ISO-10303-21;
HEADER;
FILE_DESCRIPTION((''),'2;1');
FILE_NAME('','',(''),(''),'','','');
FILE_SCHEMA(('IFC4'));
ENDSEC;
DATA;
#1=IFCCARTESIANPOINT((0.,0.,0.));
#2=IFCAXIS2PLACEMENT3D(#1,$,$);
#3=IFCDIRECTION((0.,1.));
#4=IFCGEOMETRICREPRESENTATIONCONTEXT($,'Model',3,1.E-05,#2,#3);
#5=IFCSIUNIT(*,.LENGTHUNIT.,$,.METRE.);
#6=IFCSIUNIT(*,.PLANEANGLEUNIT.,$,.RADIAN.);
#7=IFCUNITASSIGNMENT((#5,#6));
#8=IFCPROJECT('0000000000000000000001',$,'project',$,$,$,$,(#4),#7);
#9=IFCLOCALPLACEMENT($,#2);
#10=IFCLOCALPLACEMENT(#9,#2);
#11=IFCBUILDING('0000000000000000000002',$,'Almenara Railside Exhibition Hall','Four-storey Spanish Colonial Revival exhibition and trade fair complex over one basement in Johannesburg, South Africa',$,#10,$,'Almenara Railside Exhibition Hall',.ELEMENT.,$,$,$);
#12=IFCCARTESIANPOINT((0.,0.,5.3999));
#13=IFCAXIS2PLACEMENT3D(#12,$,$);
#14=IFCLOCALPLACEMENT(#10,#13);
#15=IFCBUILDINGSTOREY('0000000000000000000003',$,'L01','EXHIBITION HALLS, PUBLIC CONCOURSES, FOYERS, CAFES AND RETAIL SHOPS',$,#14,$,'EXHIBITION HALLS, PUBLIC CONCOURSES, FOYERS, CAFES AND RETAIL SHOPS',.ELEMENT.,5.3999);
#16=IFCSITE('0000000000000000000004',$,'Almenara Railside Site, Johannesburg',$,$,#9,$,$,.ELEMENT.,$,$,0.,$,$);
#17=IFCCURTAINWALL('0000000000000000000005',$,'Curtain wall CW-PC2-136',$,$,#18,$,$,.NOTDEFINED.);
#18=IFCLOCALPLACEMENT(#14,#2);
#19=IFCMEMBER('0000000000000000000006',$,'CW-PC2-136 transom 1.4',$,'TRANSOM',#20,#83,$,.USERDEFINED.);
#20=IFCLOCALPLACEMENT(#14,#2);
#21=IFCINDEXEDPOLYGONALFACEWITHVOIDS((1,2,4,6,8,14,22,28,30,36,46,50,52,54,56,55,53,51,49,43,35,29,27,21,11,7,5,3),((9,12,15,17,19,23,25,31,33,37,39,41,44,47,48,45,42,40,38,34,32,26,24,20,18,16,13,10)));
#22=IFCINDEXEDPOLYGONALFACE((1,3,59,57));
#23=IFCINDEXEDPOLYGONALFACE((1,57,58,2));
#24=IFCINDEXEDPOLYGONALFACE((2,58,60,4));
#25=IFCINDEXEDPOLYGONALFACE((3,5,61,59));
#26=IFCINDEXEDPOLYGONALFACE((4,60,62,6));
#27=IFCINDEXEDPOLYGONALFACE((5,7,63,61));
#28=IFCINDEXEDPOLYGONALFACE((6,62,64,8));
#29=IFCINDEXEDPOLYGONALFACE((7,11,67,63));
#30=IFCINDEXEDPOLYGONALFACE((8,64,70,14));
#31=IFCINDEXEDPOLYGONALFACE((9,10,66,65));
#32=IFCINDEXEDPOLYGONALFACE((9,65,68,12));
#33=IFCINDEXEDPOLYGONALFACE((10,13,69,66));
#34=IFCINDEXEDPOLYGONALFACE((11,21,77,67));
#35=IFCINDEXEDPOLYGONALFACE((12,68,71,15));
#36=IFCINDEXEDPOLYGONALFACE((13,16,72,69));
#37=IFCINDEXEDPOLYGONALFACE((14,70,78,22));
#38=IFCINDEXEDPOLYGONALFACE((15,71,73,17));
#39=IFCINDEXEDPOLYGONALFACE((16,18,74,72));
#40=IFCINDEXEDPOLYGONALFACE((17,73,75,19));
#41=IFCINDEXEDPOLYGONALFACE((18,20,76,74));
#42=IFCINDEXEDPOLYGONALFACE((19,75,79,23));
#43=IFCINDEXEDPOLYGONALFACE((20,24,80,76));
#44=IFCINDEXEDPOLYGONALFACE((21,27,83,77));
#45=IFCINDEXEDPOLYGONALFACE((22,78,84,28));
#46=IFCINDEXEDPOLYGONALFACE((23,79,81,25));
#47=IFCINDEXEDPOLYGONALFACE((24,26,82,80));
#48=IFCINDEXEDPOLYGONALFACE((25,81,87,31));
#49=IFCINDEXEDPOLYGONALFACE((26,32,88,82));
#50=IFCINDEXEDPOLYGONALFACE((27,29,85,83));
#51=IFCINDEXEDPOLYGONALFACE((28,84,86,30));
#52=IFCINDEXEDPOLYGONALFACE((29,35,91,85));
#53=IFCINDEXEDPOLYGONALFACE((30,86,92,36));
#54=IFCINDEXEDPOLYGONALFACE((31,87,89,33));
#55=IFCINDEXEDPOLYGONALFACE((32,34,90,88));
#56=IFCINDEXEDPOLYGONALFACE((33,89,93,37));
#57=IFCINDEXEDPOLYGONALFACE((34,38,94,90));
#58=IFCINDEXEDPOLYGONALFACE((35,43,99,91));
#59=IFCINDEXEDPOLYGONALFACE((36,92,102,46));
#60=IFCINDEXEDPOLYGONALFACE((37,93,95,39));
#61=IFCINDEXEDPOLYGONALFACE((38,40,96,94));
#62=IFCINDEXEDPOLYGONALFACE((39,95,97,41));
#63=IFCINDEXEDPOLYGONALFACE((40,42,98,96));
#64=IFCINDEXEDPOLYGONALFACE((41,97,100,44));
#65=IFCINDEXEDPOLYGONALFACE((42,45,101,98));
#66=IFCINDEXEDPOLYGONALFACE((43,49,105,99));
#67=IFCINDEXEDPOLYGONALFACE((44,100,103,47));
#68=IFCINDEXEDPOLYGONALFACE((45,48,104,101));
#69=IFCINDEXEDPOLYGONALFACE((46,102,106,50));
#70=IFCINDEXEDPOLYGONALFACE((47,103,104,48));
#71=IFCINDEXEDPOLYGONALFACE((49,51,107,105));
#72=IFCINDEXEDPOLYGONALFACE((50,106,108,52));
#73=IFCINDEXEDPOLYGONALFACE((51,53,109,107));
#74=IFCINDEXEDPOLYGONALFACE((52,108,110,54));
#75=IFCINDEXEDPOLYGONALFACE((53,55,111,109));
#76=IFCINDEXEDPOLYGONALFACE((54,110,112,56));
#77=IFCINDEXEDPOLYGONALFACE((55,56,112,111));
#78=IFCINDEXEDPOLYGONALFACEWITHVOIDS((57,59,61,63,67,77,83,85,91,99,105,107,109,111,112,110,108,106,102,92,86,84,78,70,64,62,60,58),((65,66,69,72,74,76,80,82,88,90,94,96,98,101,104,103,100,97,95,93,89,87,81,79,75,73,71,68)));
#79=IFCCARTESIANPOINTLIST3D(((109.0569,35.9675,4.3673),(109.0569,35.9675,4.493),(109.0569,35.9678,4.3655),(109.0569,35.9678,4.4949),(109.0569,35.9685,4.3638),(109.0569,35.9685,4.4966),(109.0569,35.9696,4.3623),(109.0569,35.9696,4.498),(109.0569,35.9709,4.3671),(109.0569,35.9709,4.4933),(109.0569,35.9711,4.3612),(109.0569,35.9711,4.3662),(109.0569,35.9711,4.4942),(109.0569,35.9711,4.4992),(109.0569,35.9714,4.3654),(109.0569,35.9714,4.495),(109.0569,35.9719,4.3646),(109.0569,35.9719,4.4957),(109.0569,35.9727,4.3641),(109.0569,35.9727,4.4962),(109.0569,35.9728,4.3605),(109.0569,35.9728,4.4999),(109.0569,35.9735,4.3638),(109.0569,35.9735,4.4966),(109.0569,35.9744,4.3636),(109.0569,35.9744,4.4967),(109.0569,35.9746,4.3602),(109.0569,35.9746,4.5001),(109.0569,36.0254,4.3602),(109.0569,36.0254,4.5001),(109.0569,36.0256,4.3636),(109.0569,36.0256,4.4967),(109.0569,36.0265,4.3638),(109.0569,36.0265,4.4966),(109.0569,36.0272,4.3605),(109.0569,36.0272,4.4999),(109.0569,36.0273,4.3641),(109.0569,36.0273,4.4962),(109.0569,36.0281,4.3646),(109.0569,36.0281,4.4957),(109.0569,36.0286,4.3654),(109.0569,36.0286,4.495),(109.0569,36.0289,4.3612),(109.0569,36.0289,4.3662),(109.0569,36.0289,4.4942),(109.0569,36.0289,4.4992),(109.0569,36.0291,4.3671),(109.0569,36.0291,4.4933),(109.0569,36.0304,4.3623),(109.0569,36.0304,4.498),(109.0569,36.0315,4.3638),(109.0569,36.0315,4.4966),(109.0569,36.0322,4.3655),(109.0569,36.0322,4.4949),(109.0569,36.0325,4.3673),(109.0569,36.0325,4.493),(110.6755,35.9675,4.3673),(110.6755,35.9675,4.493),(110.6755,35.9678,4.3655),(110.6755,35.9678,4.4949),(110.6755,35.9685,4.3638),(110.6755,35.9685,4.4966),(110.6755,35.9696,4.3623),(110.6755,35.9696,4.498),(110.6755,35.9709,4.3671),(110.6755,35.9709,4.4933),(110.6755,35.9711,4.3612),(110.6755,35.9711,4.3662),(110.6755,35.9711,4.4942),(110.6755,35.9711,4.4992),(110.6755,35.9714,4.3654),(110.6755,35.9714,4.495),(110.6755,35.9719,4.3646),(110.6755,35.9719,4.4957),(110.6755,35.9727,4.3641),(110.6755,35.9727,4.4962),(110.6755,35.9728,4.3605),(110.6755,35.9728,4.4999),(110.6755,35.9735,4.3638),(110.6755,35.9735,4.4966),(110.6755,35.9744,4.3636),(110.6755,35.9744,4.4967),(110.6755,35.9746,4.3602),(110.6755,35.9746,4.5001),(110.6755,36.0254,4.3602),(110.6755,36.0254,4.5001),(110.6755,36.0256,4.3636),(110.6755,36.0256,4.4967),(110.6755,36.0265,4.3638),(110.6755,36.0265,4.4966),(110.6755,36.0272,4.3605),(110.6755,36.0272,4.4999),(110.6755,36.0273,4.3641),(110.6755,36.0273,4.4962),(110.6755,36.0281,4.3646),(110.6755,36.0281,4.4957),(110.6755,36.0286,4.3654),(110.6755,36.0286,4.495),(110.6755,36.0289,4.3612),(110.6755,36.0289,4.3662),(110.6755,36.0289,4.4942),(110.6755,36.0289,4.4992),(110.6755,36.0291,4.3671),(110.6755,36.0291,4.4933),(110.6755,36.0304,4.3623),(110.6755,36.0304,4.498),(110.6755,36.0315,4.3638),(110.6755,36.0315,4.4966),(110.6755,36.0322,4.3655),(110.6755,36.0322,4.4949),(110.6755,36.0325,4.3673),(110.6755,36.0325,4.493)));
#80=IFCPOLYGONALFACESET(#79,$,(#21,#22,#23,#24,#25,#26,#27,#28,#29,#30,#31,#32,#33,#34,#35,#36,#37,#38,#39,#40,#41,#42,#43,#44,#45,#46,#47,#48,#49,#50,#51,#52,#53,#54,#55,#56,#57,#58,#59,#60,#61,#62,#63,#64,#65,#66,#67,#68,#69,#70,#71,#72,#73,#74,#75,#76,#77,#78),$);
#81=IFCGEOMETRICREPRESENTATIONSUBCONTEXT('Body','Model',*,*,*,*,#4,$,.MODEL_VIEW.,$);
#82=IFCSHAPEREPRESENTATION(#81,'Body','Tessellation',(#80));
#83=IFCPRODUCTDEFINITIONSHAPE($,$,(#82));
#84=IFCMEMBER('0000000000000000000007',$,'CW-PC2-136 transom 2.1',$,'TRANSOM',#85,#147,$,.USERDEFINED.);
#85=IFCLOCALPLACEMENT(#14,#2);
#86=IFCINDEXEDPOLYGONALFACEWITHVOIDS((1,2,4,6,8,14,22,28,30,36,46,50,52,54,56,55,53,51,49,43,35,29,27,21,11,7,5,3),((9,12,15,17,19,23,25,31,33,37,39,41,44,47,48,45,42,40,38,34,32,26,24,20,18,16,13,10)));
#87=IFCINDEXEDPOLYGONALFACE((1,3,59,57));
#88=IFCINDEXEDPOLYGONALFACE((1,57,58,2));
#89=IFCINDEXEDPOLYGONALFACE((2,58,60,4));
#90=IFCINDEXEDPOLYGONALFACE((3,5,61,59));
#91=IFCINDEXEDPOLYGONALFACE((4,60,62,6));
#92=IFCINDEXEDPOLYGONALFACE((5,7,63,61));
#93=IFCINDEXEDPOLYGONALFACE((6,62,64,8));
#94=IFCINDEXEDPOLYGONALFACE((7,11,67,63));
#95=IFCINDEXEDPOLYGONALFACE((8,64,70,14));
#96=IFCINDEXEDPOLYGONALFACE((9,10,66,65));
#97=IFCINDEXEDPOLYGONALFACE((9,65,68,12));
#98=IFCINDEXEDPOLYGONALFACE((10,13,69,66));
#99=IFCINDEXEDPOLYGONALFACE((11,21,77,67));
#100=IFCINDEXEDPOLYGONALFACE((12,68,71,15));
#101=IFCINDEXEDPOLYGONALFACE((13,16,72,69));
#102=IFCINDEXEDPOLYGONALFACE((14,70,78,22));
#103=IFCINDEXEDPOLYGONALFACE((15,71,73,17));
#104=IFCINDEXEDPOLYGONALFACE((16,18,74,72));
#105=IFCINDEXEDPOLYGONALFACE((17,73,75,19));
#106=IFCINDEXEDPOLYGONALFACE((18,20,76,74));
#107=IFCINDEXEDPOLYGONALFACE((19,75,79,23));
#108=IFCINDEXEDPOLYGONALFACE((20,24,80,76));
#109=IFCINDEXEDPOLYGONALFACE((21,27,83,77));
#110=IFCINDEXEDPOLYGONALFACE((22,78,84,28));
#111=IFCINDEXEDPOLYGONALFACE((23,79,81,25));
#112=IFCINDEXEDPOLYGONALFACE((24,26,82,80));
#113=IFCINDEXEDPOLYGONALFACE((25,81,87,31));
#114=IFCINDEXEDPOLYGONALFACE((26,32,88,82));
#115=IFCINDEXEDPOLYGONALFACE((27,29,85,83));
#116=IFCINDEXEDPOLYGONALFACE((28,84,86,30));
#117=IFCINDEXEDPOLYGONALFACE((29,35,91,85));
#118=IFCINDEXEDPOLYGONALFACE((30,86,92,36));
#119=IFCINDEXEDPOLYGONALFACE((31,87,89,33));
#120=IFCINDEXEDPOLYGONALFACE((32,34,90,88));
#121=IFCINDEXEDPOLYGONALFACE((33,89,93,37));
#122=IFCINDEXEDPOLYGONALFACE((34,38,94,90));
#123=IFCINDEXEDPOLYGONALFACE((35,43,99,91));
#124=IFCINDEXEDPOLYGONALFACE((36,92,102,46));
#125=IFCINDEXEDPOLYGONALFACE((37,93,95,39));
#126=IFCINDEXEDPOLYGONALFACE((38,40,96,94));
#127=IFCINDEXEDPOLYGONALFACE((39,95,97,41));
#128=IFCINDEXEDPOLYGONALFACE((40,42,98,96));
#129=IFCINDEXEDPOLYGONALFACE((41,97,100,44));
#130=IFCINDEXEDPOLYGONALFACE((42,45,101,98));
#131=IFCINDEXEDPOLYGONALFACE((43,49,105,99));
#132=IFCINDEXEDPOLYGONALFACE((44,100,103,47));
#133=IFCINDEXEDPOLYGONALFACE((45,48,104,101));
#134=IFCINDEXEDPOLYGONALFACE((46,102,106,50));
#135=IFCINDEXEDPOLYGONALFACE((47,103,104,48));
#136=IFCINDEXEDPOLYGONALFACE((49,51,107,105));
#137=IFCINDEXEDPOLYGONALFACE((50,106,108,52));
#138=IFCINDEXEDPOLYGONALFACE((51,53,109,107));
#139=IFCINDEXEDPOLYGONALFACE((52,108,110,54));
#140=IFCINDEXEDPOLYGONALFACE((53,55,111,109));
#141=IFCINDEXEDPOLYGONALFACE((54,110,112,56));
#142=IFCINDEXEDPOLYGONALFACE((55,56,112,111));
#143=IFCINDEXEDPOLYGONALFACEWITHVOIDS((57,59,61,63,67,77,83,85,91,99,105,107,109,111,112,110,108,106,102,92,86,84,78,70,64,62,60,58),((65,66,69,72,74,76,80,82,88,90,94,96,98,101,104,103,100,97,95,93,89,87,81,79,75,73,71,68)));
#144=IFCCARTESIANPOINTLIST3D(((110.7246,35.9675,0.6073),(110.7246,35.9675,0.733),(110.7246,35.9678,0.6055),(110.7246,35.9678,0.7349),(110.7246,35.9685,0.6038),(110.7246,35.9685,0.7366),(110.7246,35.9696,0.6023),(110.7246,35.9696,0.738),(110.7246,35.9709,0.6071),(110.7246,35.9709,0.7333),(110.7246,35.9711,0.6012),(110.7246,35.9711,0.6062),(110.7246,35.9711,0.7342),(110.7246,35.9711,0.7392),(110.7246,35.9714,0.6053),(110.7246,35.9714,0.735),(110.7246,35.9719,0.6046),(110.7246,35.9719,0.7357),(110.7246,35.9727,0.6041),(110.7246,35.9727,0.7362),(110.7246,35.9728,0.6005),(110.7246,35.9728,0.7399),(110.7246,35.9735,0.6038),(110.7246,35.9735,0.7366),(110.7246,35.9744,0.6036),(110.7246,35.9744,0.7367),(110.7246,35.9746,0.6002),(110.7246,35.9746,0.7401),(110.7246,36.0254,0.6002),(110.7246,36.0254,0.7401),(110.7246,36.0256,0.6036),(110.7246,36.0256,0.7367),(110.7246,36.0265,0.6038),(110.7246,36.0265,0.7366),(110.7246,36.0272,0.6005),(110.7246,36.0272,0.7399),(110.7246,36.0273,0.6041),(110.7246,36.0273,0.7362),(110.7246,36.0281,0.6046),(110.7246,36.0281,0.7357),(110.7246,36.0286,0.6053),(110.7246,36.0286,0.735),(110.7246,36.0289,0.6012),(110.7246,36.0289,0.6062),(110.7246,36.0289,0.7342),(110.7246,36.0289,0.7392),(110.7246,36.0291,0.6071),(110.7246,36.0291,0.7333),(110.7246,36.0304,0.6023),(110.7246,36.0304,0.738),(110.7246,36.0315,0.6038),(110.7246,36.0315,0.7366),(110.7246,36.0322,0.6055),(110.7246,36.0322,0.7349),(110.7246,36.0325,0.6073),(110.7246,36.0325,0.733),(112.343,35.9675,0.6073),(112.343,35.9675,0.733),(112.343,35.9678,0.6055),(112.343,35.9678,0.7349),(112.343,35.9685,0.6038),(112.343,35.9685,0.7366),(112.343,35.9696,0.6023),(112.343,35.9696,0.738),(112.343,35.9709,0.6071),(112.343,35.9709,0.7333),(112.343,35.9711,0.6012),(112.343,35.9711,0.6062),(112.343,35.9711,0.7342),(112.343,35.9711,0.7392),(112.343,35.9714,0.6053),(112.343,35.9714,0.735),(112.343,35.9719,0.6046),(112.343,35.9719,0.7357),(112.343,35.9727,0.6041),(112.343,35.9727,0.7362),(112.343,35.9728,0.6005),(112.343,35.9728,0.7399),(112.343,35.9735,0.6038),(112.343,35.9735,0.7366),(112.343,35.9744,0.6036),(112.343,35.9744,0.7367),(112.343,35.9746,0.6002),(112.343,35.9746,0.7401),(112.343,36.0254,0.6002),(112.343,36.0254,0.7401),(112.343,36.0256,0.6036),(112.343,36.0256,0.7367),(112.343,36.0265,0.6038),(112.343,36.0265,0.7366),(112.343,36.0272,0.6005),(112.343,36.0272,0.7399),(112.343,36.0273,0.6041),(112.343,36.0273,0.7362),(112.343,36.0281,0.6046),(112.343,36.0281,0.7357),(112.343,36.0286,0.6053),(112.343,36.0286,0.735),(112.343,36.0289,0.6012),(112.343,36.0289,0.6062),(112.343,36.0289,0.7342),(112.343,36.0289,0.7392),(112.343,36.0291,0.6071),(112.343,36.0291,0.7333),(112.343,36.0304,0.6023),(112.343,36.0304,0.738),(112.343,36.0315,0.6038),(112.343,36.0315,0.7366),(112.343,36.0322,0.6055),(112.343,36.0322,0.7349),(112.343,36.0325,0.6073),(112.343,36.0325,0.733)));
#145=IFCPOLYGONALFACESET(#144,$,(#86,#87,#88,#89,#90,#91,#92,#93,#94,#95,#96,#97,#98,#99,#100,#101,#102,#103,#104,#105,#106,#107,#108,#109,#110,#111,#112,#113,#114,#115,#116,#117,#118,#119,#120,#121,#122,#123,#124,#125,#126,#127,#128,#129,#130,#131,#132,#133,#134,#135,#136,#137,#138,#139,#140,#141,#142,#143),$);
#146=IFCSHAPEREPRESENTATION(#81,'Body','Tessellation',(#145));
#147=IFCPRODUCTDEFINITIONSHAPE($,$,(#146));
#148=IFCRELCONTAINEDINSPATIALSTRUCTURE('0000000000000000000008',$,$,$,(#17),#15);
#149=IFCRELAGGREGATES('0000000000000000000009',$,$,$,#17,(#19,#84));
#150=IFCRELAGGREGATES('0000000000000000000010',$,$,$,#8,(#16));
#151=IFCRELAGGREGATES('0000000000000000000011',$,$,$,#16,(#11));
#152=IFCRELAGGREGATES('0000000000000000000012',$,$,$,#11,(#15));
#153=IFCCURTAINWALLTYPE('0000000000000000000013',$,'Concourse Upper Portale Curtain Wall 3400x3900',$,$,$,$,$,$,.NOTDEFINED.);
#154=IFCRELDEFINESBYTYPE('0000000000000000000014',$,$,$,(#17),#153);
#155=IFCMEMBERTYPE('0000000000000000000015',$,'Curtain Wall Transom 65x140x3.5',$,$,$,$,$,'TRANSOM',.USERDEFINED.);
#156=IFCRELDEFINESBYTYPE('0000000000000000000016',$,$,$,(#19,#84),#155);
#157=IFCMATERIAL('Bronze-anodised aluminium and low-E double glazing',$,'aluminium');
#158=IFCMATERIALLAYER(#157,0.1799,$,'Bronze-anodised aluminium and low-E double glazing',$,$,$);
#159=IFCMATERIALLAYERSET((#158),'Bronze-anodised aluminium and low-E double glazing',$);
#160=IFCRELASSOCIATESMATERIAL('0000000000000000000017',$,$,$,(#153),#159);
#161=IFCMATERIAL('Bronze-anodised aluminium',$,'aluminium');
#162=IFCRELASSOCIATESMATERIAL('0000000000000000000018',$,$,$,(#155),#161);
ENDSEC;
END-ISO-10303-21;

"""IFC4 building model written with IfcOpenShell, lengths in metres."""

from ifc_helpers import new_model, si_unit, direction, frame, origin, origin_2d, place, context, subcontext, project, spatial, hollow_rectangle, extrude, material, layer, layer_set, material_profile, profile_set, type_object, element, aggregate, save


model = new_model("IFC4")

# Units and contexts
model_context = context("Model", 3, precision=1e-05, world=origin(), true_north=direction((0.0, 1.0)))
body_context = subcontext(model_context, "Body", "Model", "MODEL_VIEW")
ifc_project = project(units=[si_unit("LENGTHUNIT", "METRE"), si_unit("PLANEANGLEUNIT", "RADIAN")], contexts=[model_context])

# Site, building, storey
site_placement = place(None, origin())
site = spatial("IfcSite", under=ifc_project, at=site_placement, Name="Almenara Railside Site, Johannesburg", CompositionType="ELEMENT", RefElevation=0.0)
building_placement = place(site_placement, origin())
building = spatial("IfcBuilding", under=site, at=building_placement, Name="Almenara Railside Exhibition Hall", Description="Four-storey Spanish Colonial Revival exhibition and trade fair complex over one basement in Johannesburg, South Africa", LongName="Almenara Railside Exhibition Hall", CompositionType="ELEMENT")
storey_placement = place(building_placement, frame((0.0, 0.0, 5.3999)))
storey = spatial("IfcBuildingStorey", under=building, at=storey_placement, Name="L01", Description="EXHIBITION HALLS, PUBLIC CONCOURSES, FOYERS, CAFES AND RETAIL SHOPS", LongName="EXHIBITION HALLS, PUBLIC CONCOURSES, FOYERS, CAFES AND RETAIL SHOPS", CompositionType="ELEMENT", Elevation=5.3999)

# Shared definitions
ifc_material_1 = material(Name="Bronze-anodised aluminium and low-E double glazing", Category="aluminium")
ifc_material_2 = material(Name="Bronze-anodised aluminium", Category="aluminium")

# Curtain wall
ifc_layer_1 = layer(ifc_material_1, 0.1799, Name="Bronze-anodised aluminium and low-E double glazing")
ifc_layer_set_1 = layer_set([ifc_layer_1], Name="Bronze-anodised aluminium and low-E double glazing")
curtain_wall_type_1 = type_object("IfcCurtainWallType", Name="Concourse Upper Portale Curtain Wall 3400x3900", PredefinedType="NOTDEFINED", material=ifc_layer_set_1)
curtain_wall_1_placement = place(storey_placement, origin())
curtain_wall_1 = element("IfcCurtainWall", 1, at=curtain_wall_1_placement, inside=storey, type_object=curtain_wall_type_1, Name="Curtain wall CW-PC2-136", PredefinedType="NOTDEFINED")

# Members
ifc_material_profile_1 = material_profile(ifc_material_2, hollow_rectangle(XDim=0.0649, YDim=0.1399, WallThickness=0.0034, InnerFilletRadius=0.0034, OuterFilletRadius=0.0071, at=origin_2d()), Name="ALU-TRN 65x140x3.5")
ifc_profile_set_1 = profile_set([ifc_material_profile_1], Name="Bronze-anodised aluminium")
member_type_1 = type_object("IfcMemberType", Name="Curtain Wall Transom 65x140x3.5", ElementType="TRANSOM", PredefinedType="USERDEFINED", material=ifc_profile_set_1)
member_1_placement = place(storey_placement, frame((109.0569, 36.0, 4.4302), z_axis=(1.0, 0.0, 0.0), x_axis=(0.0, 1.0, 0.0)))
member_1 = element("IfcMember", 2, at=member_1_placement, type_object=member_type_1, Name="CW-PC2-136 transom 1.4", ObjectType="TRANSOM", PredefinedType="USERDEFINED", context=body_context, shape_type="SweptSolid", body=[
    extrude(hollow_rectangle(XDim=0.0649, YDim=0.1399, WallThickness=0.0034, InnerFilletRadius=0.0034, OuterFilletRadius=0.0071, at=origin_2d()), origin(), (0.0, 0.0, 1.0), 1.6187),
])
member_2_placement = place(storey_placement, frame((110.7246, 36.0, 0.6702), z_axis=(1.0, 0.0, 0.0), x_axis=(0.0, 1.0, 0.0)))
member_2 = element("IfcMember", 3, at=member_2_placement, type_object=member_type_1, Name="CW-PC2-136 transom 2.1", ObjectType="TRANSOM", PredefinedType="USERDEFINED", context=body_context, shape_type="SweptSolid", body=[
    extrude(hollow_rectangle(XDim=0.0649, YDim=0.1399, WallThickness=0.0034, InnerFilletRadius=0.0034, OuterFilletRadius=0.0071, at=origin_2d()), origin(), (0.0, 0.0, 1.0), 1.6184),
])

aggregate(curtain_wall_1, [member_1, member_2])

save(model, "model.ifc")
